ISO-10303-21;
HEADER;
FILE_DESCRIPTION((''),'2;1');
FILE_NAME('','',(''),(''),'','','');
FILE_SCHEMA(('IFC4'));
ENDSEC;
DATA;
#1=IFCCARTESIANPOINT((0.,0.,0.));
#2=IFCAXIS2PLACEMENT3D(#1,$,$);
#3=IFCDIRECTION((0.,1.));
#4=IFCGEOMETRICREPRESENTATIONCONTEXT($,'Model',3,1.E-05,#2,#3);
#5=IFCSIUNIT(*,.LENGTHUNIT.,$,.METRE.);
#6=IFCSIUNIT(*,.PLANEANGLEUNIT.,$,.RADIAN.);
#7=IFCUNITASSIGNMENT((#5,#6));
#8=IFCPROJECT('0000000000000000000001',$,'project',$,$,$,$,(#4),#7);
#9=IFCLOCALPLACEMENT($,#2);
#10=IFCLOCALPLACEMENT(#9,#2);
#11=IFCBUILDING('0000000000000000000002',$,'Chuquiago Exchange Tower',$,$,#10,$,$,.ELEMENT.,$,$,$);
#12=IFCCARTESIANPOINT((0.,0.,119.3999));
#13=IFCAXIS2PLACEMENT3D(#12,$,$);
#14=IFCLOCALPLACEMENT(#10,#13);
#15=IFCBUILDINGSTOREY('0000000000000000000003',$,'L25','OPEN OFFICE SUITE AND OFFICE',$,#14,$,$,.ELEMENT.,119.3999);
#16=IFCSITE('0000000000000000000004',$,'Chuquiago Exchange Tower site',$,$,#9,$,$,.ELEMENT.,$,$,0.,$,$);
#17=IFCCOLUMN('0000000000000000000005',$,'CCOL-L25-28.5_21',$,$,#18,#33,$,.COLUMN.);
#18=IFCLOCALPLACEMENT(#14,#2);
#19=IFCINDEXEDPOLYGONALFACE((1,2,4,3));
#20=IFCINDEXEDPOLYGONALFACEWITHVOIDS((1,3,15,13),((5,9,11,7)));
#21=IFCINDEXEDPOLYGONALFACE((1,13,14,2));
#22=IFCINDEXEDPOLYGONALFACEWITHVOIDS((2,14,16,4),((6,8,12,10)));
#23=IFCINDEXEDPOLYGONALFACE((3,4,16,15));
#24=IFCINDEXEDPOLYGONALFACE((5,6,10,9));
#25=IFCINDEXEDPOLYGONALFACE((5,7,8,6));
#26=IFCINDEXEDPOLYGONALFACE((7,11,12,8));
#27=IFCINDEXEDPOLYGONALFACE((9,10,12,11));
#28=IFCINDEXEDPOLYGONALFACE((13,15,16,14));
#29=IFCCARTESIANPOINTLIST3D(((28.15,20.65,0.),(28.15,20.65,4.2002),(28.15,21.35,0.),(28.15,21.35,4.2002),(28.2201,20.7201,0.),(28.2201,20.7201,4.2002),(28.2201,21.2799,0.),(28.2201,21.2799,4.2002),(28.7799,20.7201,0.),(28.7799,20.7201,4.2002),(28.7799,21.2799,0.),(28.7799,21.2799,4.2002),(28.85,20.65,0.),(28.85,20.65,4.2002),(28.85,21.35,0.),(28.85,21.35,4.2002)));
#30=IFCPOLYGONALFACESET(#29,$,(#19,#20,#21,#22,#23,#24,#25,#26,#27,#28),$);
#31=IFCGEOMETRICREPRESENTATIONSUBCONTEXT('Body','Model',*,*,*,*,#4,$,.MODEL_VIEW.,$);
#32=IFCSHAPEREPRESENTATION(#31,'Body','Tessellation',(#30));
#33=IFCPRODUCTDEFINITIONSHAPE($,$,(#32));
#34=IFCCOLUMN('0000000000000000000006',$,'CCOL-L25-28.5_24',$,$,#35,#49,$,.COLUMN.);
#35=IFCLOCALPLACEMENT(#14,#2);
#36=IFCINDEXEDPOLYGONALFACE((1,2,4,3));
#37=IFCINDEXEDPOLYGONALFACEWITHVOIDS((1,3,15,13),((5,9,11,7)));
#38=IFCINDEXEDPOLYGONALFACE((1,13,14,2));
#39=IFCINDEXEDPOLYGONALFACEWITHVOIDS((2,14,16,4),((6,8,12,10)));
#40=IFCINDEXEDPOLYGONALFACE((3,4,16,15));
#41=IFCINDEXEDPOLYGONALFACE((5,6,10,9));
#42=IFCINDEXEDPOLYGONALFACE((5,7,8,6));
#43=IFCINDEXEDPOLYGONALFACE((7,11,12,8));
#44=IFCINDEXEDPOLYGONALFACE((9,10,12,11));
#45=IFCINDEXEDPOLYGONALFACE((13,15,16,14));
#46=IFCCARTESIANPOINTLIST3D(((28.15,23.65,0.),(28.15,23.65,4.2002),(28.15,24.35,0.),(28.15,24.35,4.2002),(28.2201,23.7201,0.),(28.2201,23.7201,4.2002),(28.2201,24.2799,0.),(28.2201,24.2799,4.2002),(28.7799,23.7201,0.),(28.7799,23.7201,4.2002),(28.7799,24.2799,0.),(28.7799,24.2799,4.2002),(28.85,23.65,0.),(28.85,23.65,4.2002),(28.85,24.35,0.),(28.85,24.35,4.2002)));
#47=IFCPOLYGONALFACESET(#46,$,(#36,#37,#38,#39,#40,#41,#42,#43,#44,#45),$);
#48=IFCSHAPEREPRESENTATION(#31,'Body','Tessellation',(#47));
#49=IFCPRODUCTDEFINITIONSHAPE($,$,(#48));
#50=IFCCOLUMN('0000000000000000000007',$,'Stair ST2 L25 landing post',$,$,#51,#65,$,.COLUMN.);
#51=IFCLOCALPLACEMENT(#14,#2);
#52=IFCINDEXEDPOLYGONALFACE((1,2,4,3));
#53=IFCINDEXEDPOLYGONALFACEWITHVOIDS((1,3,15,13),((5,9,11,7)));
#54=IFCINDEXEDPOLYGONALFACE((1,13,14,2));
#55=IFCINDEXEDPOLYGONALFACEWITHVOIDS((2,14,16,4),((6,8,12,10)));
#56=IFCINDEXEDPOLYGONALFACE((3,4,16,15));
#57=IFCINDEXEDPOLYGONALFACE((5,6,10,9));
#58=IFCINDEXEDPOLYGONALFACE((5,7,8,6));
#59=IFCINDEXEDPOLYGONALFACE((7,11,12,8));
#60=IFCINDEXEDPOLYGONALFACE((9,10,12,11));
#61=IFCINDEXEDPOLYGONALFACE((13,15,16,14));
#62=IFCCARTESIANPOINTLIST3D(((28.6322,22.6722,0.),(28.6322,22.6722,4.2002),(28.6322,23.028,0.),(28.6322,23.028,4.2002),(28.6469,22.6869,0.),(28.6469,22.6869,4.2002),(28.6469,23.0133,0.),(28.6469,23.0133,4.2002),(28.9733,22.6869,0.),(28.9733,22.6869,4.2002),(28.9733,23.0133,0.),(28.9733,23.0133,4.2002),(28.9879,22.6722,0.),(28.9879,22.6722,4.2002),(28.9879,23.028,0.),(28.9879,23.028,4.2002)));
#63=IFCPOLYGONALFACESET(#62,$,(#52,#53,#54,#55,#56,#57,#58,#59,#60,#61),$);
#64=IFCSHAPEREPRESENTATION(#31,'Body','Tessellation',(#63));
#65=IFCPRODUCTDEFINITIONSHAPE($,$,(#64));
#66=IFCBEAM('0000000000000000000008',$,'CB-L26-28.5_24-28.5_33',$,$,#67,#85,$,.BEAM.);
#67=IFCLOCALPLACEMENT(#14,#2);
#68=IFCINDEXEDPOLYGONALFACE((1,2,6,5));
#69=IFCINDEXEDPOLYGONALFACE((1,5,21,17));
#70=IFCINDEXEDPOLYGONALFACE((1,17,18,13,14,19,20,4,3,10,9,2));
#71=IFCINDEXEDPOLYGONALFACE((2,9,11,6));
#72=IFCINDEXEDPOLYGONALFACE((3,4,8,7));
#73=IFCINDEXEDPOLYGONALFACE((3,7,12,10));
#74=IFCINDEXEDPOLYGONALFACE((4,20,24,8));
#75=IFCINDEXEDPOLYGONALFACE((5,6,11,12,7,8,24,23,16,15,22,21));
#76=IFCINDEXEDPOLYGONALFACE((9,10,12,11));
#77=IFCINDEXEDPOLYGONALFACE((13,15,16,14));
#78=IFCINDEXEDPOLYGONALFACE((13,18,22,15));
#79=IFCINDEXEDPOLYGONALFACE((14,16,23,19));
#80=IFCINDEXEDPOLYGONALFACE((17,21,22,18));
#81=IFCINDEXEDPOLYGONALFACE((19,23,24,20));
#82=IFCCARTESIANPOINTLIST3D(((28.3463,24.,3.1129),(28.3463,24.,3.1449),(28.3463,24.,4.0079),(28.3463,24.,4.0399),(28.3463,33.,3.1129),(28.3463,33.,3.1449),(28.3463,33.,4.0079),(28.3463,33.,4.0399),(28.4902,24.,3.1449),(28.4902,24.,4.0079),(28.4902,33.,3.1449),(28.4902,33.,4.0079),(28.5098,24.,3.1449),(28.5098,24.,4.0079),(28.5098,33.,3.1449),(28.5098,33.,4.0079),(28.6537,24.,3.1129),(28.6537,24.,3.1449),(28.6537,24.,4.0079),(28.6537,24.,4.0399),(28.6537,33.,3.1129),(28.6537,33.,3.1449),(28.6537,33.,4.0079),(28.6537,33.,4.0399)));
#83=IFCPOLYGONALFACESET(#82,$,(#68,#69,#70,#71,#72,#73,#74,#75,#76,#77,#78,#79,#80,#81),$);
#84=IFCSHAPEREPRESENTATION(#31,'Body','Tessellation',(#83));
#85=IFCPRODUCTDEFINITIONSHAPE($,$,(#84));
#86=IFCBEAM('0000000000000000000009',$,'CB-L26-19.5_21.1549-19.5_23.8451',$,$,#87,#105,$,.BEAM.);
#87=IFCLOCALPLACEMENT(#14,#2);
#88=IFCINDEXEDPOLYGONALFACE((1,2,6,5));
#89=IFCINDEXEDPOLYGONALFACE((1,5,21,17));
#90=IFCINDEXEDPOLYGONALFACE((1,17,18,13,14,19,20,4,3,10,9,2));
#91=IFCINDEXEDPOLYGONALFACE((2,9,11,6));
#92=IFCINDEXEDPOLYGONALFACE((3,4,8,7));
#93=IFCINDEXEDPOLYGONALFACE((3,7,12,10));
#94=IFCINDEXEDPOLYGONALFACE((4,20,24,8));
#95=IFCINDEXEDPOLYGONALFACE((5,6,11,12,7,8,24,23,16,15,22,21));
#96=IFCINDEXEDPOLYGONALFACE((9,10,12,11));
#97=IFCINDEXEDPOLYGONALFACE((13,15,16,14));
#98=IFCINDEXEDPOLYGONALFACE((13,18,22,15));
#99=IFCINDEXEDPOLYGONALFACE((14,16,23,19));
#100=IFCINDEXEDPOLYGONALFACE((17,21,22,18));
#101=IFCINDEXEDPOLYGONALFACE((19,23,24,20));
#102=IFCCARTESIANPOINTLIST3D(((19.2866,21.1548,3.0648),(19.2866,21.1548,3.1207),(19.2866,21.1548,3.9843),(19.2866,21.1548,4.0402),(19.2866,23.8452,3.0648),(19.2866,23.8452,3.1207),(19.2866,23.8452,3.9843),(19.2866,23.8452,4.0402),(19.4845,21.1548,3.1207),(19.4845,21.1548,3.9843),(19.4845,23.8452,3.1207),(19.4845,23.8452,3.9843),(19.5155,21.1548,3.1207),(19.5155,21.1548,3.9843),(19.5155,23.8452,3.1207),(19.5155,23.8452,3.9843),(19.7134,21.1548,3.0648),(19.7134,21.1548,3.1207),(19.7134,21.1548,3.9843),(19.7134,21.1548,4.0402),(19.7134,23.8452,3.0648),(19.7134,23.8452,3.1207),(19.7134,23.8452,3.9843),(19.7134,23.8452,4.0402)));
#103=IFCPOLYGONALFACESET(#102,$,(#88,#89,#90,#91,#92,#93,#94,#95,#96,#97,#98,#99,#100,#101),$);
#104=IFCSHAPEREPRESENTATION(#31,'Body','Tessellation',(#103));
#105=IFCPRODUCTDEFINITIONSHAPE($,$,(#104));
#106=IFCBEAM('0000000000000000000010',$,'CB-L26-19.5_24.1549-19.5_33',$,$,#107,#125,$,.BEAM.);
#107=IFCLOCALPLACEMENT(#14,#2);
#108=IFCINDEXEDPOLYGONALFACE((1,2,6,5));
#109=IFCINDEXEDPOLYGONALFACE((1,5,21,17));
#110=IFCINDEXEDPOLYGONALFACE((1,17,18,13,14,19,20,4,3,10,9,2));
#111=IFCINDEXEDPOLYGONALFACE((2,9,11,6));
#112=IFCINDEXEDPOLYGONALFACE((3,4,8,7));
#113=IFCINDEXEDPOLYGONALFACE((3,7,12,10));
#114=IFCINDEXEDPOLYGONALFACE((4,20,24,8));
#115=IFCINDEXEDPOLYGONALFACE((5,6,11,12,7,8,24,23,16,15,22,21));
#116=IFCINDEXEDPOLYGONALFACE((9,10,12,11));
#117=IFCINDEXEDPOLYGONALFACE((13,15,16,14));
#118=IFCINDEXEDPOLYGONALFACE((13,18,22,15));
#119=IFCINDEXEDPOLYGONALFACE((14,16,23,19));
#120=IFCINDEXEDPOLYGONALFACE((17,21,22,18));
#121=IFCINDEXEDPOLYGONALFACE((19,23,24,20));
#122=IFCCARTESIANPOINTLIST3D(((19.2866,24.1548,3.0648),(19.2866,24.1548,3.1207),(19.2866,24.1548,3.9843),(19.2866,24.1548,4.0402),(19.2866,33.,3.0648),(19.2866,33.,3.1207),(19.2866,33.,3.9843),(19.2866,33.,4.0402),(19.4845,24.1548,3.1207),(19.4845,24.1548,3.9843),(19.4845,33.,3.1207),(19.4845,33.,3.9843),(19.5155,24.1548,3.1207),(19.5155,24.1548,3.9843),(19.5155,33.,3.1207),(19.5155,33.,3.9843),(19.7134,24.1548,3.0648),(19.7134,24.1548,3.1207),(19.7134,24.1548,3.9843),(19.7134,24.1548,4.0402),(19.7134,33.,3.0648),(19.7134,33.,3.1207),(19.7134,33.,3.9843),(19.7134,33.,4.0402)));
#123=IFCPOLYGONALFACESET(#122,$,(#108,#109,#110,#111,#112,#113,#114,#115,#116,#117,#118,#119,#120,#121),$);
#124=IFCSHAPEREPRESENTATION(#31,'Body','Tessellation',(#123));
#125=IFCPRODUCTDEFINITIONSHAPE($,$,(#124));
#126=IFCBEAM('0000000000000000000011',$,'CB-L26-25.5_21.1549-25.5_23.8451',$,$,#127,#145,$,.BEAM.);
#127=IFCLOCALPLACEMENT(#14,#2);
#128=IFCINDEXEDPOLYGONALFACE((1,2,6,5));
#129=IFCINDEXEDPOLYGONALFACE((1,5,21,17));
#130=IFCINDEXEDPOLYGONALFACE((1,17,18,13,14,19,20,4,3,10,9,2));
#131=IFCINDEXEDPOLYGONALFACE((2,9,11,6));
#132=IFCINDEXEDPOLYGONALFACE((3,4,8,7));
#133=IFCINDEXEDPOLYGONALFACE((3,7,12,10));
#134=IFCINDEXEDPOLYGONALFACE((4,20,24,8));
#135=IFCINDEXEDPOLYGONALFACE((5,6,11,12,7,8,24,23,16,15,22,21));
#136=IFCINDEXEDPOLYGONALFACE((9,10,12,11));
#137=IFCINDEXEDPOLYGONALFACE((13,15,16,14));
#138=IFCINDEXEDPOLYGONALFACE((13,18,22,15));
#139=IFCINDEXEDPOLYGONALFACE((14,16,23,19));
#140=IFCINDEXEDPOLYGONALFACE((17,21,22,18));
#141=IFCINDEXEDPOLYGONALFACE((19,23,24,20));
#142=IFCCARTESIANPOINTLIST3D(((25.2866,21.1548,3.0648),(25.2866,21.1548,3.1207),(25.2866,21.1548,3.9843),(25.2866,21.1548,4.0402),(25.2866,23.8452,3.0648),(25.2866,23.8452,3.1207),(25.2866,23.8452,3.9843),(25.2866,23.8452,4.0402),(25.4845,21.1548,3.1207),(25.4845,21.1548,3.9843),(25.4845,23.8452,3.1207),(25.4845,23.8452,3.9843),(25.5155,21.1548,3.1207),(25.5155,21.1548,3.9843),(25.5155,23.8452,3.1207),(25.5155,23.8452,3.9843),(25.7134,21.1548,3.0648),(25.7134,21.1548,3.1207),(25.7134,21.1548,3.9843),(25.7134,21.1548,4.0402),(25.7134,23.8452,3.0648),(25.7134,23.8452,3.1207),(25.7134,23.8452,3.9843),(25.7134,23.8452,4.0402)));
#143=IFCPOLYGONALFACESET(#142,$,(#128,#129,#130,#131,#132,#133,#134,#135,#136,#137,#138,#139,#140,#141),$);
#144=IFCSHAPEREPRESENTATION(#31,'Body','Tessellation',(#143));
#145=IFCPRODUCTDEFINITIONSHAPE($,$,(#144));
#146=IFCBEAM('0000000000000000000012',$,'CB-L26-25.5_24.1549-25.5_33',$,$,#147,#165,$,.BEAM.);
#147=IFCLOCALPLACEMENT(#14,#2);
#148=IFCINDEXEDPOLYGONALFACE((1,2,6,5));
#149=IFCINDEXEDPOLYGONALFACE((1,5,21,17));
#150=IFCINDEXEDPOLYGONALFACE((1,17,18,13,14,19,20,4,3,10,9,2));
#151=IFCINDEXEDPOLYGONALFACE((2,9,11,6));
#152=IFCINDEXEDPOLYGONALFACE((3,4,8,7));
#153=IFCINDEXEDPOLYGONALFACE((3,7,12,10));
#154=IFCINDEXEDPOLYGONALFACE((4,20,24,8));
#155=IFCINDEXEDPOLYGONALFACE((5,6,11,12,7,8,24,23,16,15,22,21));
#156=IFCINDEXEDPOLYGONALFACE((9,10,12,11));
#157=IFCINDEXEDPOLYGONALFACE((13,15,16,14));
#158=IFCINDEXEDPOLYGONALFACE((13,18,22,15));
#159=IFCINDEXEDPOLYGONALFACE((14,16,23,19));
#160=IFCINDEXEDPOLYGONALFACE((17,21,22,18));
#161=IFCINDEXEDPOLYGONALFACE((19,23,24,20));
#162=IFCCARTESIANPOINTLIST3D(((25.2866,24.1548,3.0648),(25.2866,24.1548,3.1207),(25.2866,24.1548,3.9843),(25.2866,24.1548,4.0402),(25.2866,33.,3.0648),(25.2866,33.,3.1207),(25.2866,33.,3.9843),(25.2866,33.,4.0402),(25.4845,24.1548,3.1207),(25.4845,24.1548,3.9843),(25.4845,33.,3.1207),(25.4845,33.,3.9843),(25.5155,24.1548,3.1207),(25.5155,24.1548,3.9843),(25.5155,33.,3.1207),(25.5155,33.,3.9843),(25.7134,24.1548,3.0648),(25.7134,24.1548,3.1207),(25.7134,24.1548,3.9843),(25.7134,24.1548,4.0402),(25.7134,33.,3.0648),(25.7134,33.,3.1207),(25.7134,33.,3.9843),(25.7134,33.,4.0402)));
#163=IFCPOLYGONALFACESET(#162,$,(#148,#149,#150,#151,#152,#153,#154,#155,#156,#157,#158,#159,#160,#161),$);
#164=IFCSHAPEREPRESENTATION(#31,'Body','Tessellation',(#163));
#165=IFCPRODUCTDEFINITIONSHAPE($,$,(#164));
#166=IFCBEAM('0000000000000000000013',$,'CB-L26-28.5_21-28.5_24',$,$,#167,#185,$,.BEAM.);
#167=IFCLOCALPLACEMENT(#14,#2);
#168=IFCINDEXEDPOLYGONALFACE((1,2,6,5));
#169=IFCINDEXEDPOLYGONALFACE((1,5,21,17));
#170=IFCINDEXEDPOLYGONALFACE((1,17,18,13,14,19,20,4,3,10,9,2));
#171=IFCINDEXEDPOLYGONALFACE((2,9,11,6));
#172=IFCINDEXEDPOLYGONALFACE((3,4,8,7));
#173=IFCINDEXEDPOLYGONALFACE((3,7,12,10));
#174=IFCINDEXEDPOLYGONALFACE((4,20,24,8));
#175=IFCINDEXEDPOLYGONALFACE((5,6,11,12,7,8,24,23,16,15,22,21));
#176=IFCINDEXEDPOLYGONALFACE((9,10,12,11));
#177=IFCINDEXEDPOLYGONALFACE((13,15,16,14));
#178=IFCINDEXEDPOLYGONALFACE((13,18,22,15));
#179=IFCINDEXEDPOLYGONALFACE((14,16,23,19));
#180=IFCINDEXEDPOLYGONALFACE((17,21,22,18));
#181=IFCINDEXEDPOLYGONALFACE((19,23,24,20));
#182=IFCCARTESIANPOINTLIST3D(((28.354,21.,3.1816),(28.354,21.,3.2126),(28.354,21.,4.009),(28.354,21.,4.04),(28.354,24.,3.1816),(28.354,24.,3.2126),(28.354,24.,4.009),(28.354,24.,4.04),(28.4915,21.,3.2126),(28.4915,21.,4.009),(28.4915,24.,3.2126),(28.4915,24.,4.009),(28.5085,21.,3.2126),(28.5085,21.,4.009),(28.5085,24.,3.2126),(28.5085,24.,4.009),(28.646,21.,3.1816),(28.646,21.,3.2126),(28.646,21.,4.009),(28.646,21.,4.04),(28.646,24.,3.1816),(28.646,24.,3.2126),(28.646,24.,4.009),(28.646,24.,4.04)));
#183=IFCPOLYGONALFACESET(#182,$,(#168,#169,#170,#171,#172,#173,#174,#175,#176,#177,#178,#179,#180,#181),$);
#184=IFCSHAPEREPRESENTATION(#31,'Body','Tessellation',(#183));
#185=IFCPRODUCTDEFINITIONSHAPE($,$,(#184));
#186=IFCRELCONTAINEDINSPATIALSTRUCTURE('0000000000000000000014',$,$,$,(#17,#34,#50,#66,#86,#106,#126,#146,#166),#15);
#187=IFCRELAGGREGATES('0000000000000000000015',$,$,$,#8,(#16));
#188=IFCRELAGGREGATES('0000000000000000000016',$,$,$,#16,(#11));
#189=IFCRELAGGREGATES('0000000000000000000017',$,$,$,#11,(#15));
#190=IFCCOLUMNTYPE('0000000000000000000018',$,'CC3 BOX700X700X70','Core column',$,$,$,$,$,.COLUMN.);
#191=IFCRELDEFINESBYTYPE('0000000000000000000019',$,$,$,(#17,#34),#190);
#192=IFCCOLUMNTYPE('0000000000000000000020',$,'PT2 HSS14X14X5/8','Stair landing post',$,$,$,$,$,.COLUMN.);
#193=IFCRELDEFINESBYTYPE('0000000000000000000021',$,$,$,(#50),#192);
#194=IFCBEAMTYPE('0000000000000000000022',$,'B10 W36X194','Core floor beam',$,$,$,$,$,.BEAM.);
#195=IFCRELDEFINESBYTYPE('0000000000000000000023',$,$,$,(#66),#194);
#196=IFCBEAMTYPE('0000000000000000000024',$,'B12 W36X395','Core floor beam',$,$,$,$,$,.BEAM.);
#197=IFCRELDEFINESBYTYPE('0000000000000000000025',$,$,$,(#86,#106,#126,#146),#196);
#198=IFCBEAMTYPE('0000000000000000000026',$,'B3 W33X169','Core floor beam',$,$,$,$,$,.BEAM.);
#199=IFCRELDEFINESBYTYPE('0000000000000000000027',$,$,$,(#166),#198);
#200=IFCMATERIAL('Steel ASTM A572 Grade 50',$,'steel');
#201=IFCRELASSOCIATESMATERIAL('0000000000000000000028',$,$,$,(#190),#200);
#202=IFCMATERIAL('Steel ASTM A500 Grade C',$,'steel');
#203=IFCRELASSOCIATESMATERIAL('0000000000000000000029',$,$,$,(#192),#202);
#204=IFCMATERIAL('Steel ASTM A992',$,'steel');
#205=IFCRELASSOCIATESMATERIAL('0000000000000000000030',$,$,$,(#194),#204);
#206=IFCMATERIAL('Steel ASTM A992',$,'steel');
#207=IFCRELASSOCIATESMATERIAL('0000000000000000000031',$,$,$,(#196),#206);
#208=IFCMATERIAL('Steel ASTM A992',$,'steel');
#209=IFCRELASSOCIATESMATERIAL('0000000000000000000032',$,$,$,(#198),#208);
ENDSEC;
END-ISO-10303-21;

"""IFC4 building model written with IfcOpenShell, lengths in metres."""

from ifc_helpers import new_model, si_unit, direction, frame, origin, origin_2d, place, context, subcontext, project, spatial, hollow_rectangle, i_section, extrude, material, material_profile, profile_set, type_object, element, save


model = new_model("IFC4")

# Units and contexts
model_context = context("Model", 3, precision=1e-05, world=origin(), true_north=direction((0.0, 1.0)))
body_context = subcontext(model_context, "Body", "Model", "MODEL_VIEW")
ifc_project = project(units=[si_unit("LENGTHUNIT", "METRE"), si_unit("PLANEANGLEUNIT", "RADIAN")], contexts=[model_context])

# Site, building, storey
site_placement = place(None, origin())
site = spatial("IfcSite", under=ifc_project, at=site_placement, Name="Chuquiago Exchange Tower site", CompositionType="ELEMENT", RefElevation=0.0)
building_placement = place(site_placement, origin())
building = spatial("IfcBuilding", under=site, at=building_placement, Name="Chuquiago Exchange Tower", CompositionType="ELEMENT")
storey_placement = place(building_placement, frame((0.0, 0.0, 119.3999)))
storey = spatial("IfcBuildingStorey", under=building, at=storey_placement, Name="L25", Description="OPEN OFFICE SUITE AND OFFICE", CompositionType="ELEMENT", Elevation=119.3999)

# Columns
ifc_material_1 = material(Name="Steel ASTM A572 Grade 50", Category="steel")
ifc_material_profile_1 = material_profile(ifc_material_1, hollow_rectangle(XDim=0.7, YDim=0.7, WallThickness=0.0701, at=origin_2d()), Name="BOX700X700X70")
ifc_profile_set_1 = profile_set([ifc_material_profile_1], Name="Steel ASTM A572 Grade 50")
column_type_1 = type_object("IfcColumnType", Name="CC3 BOX700X700X70", Description="Core column", PredefinedType="COLUMN", material=ifc_profile_set_1)
for number, where, z_axis, x_axis, name in (
    (1, (28.5, 21.0, 0.0), (0.0, 0.0, 1.0), (1.0, 0.0, 0.0), "CCOL-L25-28.5_21"),
    (2, (28.5, 24.0, 0.0), (0.0, 0.0, 1.0), (1.0, 0.0, 0.0), "CCOL-L25-28.5_24"),
):
    element("IfcColumn", number, at=place(storey_placement, frame(where, z_axis=z_axis, x_axis=x_axis)), inside=storey, type_object=column_type_1, Name=name, PredefinedType="COLUMN", context=body_context, shape_type="SweptSolid", body=[
        extrude(hollow_rectangle(XDim=0.7, YDim=0.7, WallThickness=0.0701, at=origin_2d()), origin(), (0.0, 0.0, 1.0), 4.2002),
    ])
ifc_material_2 = material(Name="Steel ASTM A500 Grade C", Category="steel")
ifc_material_profile_2 = material_profile(ifc_material_2, hollow_rectangle(XDim=0.3557, YDim=0.3557, WallThickness=0.0146, at=origin_2d()), Name="HSS14X14X5/8")
ifc_profile_set_2 = profile_set([ifc_material_profile_2], Name="Steel ASTM A500 Grade C")
column_type_2 = type_object("IfcColumnType", Name="PT2 HSS14X14X5/8", Description="Stair landing post", PredefinedType="COLUMN", material=ifc_profile_set_2)
column_placement = place(storey_placement, frame((28.8101, 22.8501, 0.0), z_axis=(0.0, 0.0, 1.0), x_axis=(1.0, 0.0, 0.0)))
element("IfcColumn", 3, at=column_placement, inside=storey, type_object=column_type_2, Name="Stair ST2 L25 landing post", PredefinedType="COLUMN", context=body_context, shape_type="SweptSolid", body=[
    extrude(hollow_rectangle(XDim=0.3557, YDim=0.3557, WallThickness=0.0146, at=origin_2d()), origin(), (0.0, 0.0, 1.0), 4.2002),
])

# Beams
ifc_material_3 = material(Name="Steel ASTM A992", Category="steel")
ifc_material_profile_3 = material_profile(ifc_material_3, i_section(OverallWidth=0.3074, OverallDepth=0.927, WebThickness=0.0195, FlangeThickness=0.032, at=origin_2d()), Name="W36X194")
ifc_profile_set_3 = profile_set([ifc_material_profile_3], Name="Steel ASTM A992")
beam_type_1 = type_object("IfcBeamType", Name="B10 W36X194", Description="Core floor beam", PredefinedType="BEAM", material=ifc_profile_set_3)
beam_1_placement = place(storey_placement, frame((28.5, 24.0, 3.5764), z_axis=(0.0, 1.0, 0.0), x_axis=(-1.0, 0.0, 0.0)))
element("IfcBeam", 4, at=beam_1_placement, inside=storey, type_object=beam_type_1, Name="CB-L26-28.5_24-28.5_33", PredefinedType="BEAM", context=body_context, shape_type="SweptSolid", body=[
    extrude(i_section(OverallWidth=0.3074, OverallDepth=0.927, WebThickness=0.0195, FlangeThickness=0.032, at=origin_2d()), origin(), (0.0, 0.0, 1.0), 9.0),
])
ifc_material_4 = material(Name="Steel ASTM A992", Category="steel")
ifc_material_profile_4 = material_profile(ifc_material_4, i_section(OverallWidth=0.4268, OverallDepth=0.9753, WebThickness=0.031, FlangeThickness=0.0559, at=origin_2d()), Name="W36X395")
ifc_profile_set_4 = profile_set([ifc_material_profile_4], Name="Steel ASTM A992")
beam_type_2 = type_object("IfcBeamType", Name="B12 W36X395", Description="Core floor beam", PredefinedType="BEAM", material=ifc_profile_set_4)
beam_2_placement = place(storey_placement, frame((19.5, 21.1548, 3.5525), z_axis=(0.0, 1.0, 0.0), x_axis=(-1.0, 0.0, 0.0)))
element("IfcBeam", 5, at=beam_2_placement, inside=storey, type_object=beam_type_2, Name="CB-L26-19.5_21.1549-19.5_23.8451", PredefinedType="BEAM", context=body_context, shape_type="SweptSolid", body=[
    extrude(i_section(OverallWidth=0.4268, OverallDepth=0.9753, WebThickness=0.031, FlangeThickness=0.0559, at=origin_2d()), origin(), (0.0, 0.0, 1.0), 2.6904),
])
beam_3_placement = place(storey_placement, frame((19.5, 24.1548, 3.5525), z_axis=(0.0, 1.0, 0.0), x_axis=(-1.0, 0.0, 0.0)))
element("IfcBeam", 6, at=beam_3_placement, inside=storey, type_object=beam_type_2, Name="CB-L26-19.5_24.1549-19.5_33", PredefinedType="BEAM", context=body_context, shape_type="SweptSolid", body=[
    extrude(i_section(OverallWidth=0.4268, OverallDepth=0.9753, WebThickness=0.031, FlangeThickness=0.0559, at=origin_2d()), origin(), (0.0, 0.0, 1.0), 8.8452),
])
beam_4_placement = place(storey_placement, frame((25.5, 21.1548, 3.5525), z_axis=(0.0, 1.0, 0.0), x_axis=(-1.0, 0.0, 0.0)))
element("IfcBeam", 7, at=beam_4_placement, inside=storey, type_object=beam_type_2, Name="CB-L26-25.5_21.1549-25.5_23.8451", PredefinedType="BEAM", context=body_context, shape_type="SweptSolid", body=[
    extrude(i_section(OverallWidth=0.4268, OverallDepth=0.9753, WebThickness=0.031, FlangeThickness=0.0559, at=origin_2d()), origin(), (0.0, 0.0, 1.0), 2.6904),
])
beam_5_placement = place(storey_placement, frame((25.5, 24.1548, 3.5525), z_axis=(0.0, 1.0, 0.0), x_axis=(-1.0, 0.0, 0.0)))
element("IfcBeam", 8, at=beam_5_placement, inside=storey, type_object=beam_type_2, Name="CB-L26-25.5_24.1549-25.5_33", PredefinedType="BEAM", context=body_context, shape_type="SweptSolid", body=[
    extrude(i_section(OverallWidth=0.4268, OverallDepth=0.9753, WebThickness=0.031, FlangeThickness=0.0559, at=origin_2d()), origin(), (0.0, 0.0, 1.0), 8.8452),
])
ifc_material_5 = material(Name="Steel ASTM A992", Category="steel")
ifc_material_profile_5 = material_profile(ifc_material_5, i_section(OverallWidth=0.292, OverallDepth=0.8584, WebThickness=0.0171, FlangeThickness=0.031, at=origin_2d()), Name="W33X169")
ifc_profile_set_5 = profile_set([ifc_material_profile_5], Name="Steel ASTM A992")
beam_type_3 = type_object("IfcBeamType", Name="B3 W33X169", Description="Core floor beam", PredefinedType="BEAM", material=ifc_profile_set_5)
beam_6_placement = place(storey_placement, frame((28.5, 21.0, 3.6108), z_axis=(0.0, 1.0, 0.0), x_axis=(-1.0, 0.0, 0.0)))
element("IfcBeam", 9, at=beam_6_placement, inside=storey, type_object=beam_type_3, Name="CB-L26-28.5_21-28.5_24", PredefinedType="BEAM", context=body_context, shape_type="SweptSolid", body=[
    extrude(i_section(OverallWidth=0.292, OverallDepth=0.8584, WebThickness=0.0171, FlangeThickness=0.031, at=origin_2d()), origin(), (0.0, 0.0, 1.0), 3.0),
])

save(model, "model.ifc")
